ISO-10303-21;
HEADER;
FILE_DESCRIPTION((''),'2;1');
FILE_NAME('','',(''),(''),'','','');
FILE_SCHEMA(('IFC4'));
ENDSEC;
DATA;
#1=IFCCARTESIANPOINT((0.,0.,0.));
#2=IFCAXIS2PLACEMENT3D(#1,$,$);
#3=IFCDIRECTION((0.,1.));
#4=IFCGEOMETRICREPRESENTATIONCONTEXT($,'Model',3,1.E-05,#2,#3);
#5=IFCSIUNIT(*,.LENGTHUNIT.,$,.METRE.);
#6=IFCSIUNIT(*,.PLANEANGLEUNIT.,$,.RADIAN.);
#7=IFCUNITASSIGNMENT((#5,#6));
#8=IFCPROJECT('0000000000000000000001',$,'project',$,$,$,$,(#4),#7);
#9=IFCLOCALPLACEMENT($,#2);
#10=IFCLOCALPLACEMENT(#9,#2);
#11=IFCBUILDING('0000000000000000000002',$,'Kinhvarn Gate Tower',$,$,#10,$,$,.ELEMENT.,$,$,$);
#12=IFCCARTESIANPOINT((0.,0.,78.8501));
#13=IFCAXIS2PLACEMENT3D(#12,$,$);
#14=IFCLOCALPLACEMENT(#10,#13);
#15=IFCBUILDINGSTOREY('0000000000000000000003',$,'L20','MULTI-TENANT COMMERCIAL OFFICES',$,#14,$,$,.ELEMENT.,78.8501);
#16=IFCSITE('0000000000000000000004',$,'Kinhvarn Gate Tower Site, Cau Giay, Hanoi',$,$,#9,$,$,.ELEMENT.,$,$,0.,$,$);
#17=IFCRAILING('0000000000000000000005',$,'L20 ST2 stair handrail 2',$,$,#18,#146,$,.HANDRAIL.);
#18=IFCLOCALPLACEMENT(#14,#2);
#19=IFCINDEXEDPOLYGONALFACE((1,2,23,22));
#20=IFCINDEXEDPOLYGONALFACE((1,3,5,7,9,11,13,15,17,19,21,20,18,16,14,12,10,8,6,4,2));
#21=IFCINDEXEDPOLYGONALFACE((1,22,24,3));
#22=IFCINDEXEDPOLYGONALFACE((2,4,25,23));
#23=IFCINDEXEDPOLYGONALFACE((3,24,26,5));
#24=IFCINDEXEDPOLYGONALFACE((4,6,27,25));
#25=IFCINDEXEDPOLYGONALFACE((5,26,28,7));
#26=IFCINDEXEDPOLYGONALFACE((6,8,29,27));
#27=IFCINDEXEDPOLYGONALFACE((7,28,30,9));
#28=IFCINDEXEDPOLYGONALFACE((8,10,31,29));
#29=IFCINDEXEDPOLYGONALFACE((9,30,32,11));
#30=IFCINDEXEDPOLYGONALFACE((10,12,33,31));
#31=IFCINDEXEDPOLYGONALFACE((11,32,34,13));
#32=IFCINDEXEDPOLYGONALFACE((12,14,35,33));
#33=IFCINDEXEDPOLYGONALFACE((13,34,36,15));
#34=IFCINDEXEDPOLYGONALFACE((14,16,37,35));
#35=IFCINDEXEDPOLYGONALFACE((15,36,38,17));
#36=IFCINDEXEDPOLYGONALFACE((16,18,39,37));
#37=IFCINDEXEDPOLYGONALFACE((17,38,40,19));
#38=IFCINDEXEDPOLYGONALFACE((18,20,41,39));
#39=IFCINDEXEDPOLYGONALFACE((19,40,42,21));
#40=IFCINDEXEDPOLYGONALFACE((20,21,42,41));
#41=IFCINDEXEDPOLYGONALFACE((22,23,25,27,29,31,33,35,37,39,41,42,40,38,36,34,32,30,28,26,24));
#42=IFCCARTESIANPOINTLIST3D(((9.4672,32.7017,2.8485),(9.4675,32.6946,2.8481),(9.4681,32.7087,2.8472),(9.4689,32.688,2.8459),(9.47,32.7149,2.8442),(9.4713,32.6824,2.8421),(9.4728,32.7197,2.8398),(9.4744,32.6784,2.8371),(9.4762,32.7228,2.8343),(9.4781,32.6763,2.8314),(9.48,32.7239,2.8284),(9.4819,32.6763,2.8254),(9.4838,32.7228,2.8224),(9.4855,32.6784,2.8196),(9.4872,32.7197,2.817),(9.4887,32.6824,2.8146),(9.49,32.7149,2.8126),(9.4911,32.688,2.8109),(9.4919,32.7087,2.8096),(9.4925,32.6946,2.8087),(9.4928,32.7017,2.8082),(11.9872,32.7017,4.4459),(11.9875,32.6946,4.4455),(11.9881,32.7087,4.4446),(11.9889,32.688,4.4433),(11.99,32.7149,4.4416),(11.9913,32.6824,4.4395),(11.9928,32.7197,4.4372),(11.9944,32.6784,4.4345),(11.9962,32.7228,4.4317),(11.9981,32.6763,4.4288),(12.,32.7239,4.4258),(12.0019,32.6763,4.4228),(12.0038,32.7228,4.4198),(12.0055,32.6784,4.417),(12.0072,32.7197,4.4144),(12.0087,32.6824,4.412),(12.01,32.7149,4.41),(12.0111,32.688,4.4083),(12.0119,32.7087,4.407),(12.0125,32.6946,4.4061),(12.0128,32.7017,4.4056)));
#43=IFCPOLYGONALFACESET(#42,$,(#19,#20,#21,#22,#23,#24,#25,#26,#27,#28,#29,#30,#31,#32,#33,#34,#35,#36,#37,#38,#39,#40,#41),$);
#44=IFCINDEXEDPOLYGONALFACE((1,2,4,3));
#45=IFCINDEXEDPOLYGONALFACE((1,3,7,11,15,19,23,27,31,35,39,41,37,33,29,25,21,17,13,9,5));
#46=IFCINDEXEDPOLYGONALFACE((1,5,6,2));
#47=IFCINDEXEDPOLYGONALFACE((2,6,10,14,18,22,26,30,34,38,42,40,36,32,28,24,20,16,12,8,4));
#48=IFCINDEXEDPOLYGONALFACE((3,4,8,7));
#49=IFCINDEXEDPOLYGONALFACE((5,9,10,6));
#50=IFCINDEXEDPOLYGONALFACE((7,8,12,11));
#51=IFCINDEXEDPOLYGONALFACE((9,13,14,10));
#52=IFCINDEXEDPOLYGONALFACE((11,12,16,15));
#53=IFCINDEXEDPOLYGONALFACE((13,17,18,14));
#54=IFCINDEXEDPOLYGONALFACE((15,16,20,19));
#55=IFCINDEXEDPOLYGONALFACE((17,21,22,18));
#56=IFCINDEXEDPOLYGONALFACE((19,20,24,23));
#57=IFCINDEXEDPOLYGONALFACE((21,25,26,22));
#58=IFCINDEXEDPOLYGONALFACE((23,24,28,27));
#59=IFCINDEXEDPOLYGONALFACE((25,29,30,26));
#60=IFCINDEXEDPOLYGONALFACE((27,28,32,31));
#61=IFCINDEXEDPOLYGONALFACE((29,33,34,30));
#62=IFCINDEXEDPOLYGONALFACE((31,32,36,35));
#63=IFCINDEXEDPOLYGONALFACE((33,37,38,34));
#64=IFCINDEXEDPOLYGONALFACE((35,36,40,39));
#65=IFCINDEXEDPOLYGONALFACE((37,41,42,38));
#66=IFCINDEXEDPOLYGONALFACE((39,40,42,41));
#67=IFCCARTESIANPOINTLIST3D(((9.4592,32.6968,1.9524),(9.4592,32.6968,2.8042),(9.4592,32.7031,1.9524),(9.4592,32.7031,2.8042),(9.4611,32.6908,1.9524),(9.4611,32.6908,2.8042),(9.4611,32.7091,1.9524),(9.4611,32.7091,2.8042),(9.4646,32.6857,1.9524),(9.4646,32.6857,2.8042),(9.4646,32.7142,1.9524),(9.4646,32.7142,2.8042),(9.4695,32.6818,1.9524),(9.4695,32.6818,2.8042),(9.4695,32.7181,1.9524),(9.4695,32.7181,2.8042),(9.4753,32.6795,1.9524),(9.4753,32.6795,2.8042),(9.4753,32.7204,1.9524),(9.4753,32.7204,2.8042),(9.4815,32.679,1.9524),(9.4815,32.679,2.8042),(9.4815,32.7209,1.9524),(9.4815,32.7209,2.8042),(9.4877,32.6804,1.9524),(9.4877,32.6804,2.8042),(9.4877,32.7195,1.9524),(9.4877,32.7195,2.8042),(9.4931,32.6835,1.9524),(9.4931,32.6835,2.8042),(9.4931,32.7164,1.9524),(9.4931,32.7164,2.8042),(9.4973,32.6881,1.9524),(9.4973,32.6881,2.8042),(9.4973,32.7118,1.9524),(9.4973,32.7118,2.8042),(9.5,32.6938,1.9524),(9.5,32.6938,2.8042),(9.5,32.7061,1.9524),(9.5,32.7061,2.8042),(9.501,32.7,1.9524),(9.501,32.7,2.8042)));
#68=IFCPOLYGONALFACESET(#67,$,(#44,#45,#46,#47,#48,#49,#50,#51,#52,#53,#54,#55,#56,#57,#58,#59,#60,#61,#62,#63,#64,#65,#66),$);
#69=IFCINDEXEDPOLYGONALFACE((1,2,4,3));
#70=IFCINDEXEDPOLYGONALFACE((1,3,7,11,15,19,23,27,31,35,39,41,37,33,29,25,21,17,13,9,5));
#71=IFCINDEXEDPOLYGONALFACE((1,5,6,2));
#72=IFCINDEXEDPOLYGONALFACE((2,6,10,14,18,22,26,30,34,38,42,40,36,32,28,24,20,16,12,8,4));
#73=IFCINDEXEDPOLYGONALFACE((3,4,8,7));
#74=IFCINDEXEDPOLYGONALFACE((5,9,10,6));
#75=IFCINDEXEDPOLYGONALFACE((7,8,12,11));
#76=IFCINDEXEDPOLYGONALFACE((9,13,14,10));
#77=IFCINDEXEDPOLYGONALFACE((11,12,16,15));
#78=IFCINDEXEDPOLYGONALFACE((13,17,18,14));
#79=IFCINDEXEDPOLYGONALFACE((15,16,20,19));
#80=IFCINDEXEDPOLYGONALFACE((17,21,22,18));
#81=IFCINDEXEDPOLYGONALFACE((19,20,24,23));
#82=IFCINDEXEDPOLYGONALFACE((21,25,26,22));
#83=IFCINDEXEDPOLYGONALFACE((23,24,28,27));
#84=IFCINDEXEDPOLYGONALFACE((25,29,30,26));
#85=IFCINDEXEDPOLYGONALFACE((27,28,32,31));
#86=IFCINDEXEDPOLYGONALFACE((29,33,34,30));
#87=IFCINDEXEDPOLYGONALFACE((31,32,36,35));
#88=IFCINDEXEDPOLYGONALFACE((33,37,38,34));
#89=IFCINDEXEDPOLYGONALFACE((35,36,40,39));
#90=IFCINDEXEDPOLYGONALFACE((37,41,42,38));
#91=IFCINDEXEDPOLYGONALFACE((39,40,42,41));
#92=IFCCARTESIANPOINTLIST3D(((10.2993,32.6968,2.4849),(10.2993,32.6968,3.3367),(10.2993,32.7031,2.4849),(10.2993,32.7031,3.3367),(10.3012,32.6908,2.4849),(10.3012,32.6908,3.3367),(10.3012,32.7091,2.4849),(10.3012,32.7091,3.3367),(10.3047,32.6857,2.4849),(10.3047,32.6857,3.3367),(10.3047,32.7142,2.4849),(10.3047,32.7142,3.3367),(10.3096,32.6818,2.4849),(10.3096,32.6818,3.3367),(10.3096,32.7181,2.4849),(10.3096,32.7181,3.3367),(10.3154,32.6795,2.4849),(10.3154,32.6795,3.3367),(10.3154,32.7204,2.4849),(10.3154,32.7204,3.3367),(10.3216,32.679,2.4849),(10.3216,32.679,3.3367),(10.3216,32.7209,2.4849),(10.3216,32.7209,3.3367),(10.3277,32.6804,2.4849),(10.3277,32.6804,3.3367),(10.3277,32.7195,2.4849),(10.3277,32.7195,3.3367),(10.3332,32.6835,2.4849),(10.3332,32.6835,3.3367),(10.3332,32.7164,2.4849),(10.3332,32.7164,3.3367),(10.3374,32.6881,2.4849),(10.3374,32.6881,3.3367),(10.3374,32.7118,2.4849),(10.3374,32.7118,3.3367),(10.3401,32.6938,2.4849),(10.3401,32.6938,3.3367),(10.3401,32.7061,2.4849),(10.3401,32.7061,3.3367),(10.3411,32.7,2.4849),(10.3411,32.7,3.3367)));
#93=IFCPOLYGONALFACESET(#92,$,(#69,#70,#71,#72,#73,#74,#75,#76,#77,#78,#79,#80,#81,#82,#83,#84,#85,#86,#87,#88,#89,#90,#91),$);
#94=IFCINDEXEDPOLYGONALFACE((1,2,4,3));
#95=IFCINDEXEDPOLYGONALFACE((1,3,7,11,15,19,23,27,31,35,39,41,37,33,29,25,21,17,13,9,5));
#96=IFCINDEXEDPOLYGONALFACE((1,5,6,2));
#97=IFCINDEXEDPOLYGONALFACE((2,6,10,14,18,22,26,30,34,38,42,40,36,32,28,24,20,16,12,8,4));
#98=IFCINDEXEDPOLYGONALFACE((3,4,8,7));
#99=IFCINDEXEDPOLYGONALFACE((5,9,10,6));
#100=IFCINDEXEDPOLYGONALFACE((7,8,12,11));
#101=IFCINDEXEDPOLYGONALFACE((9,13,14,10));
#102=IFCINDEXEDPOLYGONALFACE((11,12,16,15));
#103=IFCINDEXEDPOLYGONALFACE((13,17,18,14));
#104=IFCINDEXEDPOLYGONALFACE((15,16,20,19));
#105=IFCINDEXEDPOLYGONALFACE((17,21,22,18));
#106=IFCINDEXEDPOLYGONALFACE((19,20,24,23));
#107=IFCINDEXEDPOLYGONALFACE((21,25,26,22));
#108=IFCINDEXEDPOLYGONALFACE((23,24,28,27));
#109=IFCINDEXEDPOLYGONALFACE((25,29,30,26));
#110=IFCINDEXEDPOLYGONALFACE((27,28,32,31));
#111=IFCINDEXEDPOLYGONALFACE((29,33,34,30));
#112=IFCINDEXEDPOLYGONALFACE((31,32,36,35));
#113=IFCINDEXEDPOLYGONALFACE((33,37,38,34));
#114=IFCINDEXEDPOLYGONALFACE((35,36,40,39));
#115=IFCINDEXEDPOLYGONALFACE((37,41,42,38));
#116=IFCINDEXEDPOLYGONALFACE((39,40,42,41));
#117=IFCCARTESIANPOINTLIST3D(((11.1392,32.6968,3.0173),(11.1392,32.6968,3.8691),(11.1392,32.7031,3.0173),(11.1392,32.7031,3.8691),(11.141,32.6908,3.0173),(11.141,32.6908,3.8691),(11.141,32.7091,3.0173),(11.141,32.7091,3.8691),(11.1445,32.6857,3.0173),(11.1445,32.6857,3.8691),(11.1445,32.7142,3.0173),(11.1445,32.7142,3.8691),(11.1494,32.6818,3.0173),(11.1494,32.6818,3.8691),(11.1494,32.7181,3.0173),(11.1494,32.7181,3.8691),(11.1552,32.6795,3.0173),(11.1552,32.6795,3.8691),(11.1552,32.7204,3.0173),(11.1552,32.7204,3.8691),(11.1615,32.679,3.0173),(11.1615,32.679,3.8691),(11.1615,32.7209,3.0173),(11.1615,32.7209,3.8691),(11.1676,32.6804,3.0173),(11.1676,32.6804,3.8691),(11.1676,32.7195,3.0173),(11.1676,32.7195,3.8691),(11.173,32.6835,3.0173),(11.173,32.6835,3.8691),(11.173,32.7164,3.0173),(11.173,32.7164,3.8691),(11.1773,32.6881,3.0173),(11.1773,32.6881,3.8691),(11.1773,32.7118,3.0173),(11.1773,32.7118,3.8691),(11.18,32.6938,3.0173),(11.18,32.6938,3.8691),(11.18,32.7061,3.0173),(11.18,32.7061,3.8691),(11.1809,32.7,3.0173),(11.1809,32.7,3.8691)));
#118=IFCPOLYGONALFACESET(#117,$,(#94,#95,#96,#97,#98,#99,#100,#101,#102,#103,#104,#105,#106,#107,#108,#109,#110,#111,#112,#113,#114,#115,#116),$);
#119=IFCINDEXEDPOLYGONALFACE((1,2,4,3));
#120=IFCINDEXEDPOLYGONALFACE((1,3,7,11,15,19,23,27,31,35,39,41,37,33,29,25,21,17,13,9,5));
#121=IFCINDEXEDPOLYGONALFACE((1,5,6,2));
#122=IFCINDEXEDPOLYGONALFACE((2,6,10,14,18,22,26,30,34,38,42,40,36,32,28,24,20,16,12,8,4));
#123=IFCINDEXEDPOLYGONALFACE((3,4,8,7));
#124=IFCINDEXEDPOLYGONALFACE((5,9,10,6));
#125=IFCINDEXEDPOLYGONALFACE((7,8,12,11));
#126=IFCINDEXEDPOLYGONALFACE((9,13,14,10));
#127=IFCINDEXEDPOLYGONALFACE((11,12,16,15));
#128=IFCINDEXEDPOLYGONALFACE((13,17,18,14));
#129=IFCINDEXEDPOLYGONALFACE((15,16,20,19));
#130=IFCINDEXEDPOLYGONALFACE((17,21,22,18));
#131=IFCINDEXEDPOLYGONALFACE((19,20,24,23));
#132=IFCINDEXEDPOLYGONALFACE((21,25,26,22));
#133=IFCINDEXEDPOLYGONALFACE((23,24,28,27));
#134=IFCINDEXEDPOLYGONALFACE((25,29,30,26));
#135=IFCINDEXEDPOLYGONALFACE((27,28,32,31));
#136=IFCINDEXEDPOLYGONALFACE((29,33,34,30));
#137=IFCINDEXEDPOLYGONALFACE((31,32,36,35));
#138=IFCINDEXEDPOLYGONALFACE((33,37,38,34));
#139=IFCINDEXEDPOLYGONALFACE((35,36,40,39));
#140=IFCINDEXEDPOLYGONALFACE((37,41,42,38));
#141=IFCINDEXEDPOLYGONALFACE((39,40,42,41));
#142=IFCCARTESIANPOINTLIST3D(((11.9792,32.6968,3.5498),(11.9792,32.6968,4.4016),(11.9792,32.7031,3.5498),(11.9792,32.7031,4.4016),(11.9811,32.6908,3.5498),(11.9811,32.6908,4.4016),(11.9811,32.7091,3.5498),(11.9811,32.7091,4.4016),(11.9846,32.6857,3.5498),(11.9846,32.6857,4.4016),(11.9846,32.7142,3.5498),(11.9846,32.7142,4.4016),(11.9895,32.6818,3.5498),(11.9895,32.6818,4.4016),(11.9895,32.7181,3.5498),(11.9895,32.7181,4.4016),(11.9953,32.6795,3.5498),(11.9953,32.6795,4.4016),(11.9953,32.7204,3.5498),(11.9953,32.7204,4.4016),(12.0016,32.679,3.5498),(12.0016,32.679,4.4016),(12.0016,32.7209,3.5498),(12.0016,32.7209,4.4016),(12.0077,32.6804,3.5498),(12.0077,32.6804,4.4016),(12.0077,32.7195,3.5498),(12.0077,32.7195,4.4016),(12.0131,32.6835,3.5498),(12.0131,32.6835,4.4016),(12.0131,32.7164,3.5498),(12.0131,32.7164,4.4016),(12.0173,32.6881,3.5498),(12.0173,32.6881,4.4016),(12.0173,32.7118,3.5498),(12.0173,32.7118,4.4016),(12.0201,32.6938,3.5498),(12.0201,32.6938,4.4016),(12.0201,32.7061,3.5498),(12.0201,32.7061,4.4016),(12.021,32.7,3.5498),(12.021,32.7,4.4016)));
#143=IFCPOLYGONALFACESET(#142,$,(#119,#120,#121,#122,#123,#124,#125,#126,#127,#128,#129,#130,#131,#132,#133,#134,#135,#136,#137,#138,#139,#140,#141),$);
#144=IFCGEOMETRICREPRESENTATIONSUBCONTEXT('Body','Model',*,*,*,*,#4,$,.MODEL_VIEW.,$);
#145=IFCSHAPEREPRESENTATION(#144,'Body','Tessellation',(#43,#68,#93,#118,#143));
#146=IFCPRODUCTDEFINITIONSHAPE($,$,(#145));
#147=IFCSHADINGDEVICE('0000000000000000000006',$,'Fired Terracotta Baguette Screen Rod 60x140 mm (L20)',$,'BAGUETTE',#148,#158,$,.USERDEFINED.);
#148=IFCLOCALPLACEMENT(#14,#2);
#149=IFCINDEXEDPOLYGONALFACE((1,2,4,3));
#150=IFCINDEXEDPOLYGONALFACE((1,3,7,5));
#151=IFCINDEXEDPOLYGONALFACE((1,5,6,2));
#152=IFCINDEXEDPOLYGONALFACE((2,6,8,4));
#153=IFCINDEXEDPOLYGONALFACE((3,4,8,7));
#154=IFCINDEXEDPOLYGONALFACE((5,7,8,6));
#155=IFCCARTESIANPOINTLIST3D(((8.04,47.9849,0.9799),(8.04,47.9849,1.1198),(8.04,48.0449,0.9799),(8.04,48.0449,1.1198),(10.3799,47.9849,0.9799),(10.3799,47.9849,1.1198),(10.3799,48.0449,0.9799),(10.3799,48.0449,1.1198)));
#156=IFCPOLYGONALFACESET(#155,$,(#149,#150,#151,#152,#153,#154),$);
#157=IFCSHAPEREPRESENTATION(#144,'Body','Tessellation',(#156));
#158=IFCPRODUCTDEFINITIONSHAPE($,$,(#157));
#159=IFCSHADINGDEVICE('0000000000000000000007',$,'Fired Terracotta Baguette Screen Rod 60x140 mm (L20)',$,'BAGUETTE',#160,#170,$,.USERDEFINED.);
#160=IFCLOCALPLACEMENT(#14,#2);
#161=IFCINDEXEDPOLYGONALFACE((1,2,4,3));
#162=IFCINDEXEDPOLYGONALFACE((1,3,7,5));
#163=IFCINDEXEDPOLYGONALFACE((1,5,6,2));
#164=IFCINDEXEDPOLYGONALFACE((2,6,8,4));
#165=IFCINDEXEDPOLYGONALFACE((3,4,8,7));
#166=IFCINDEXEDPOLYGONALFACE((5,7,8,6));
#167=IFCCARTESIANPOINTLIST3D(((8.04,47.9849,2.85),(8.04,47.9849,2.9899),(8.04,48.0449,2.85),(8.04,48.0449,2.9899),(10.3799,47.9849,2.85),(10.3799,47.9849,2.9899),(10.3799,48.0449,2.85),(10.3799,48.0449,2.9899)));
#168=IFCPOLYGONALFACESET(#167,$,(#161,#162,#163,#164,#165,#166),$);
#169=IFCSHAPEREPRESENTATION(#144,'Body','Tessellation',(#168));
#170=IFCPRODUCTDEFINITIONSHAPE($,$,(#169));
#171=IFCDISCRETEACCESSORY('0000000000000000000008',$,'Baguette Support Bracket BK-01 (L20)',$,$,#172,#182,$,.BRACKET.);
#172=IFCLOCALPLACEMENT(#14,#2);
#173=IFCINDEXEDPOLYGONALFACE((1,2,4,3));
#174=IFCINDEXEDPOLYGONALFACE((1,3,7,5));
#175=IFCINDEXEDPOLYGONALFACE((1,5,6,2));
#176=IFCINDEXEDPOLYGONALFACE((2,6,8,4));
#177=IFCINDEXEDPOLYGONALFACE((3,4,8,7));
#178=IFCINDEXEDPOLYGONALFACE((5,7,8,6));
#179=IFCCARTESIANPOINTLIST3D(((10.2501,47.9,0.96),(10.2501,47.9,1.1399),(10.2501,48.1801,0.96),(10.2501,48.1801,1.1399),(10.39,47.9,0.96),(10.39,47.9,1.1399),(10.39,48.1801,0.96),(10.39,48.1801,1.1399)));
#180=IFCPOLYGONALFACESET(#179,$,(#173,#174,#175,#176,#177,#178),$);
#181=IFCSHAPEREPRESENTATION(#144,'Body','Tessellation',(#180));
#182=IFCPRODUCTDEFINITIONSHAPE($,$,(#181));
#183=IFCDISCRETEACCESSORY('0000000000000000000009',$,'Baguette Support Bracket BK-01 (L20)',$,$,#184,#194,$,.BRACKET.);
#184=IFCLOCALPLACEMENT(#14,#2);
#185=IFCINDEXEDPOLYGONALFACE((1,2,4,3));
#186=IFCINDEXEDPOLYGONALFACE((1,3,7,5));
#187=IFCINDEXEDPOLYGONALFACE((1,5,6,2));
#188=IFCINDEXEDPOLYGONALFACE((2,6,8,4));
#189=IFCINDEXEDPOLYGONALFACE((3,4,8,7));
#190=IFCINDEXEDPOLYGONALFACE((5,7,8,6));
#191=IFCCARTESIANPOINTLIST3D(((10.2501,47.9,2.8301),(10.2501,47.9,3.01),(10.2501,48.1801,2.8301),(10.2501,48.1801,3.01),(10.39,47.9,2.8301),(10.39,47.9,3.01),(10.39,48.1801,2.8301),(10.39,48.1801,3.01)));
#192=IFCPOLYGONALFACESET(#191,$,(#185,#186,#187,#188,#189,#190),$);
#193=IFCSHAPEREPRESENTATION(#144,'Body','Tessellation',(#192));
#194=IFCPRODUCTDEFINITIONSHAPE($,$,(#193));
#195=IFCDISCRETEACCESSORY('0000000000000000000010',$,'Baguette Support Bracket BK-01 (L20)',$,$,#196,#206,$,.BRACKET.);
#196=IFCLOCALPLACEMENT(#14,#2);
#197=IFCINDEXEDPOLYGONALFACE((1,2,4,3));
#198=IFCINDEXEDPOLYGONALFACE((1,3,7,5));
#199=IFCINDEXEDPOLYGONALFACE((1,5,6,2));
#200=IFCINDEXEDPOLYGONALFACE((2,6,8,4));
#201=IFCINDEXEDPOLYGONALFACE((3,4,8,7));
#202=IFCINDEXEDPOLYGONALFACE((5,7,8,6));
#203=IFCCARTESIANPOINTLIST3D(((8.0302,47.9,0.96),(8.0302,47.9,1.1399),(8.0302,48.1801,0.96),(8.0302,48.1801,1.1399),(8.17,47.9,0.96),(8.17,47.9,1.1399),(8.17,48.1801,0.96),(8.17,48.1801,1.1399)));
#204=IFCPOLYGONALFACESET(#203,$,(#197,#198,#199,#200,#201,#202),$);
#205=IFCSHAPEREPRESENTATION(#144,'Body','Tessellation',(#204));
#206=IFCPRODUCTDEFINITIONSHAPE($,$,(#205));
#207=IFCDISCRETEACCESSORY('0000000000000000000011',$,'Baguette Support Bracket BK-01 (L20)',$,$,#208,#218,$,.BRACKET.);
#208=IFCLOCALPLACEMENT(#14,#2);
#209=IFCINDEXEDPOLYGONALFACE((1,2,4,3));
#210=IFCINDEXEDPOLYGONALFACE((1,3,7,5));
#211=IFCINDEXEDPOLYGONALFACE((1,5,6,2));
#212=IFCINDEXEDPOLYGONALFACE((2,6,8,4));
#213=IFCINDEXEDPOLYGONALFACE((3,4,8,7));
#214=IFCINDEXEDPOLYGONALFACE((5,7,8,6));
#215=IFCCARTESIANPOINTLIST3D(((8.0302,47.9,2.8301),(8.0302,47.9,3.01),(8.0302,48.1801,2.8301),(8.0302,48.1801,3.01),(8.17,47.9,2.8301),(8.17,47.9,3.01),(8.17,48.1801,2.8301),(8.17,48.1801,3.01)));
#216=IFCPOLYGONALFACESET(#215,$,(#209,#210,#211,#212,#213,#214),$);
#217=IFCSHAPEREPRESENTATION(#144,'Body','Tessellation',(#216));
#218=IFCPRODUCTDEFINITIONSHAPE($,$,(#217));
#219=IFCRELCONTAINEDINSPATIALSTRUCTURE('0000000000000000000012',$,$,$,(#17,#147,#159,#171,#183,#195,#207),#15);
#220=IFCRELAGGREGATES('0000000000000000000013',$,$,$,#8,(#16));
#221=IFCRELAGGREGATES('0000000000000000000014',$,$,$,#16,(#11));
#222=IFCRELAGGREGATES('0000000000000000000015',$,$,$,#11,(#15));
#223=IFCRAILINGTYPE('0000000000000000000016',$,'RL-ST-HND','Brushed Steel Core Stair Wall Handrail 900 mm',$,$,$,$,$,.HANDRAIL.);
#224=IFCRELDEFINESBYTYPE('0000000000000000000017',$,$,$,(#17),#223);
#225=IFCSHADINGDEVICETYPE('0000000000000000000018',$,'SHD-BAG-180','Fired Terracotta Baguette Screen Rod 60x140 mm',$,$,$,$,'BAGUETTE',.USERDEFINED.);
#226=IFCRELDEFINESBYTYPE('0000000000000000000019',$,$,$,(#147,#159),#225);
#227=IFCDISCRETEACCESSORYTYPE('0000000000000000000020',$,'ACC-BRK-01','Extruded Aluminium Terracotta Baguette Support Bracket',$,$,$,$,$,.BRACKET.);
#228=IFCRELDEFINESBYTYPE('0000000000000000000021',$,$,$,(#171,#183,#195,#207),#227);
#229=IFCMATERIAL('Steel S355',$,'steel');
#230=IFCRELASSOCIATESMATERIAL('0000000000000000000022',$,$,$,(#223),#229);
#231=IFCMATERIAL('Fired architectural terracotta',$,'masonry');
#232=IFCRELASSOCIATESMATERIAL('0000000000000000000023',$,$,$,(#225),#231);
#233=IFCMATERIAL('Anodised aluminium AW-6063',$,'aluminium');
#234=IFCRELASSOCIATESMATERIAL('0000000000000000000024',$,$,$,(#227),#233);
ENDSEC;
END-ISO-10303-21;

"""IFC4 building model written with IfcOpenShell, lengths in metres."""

from ifc_helpers import new_model, si_unit, direction, frame, origin, origin_2d, place, context, subcontext, project, spatial, rectangle, circle, extrude, material, material_profile, profile_set, type_object, element, save


model = new_model("IFC4")

# Units and contexts
model_context = context("Model", 3, precision=1e-05, world=origin(), true_north=direction((0.0, 1.0)))
body_context = subcontext(model_context, "Body", "Model", "MODEL_VIEW")
ifc_project = project(units=[si_unit("LENGTHUNIT", "METRE"), si_unit("PLANEANGLEUNIT", "RADIAN")], contexts=[model_context])

# Site, building, storey
site_placement = place(None, origin())
site = spatial("IfcSite", under=ifc_project, at=site_placement, Name="Kinhvarn Gate Tower Site, Cau Giay, Hanoi", CompositionType="ELEMENT", RefElevation=0.0)
building_placement = place(site_placement, origin())
building = spatial("IfcBuilding", under=site, at=building_placement, Name="Kinhvarn Gate Tower", CompositionType="ELEMENT")
storey_placement = place(building_placement, frame((0.0, 0.0, 78.8501)))
storey = spatial("IfcBuildingStorey", under=building, at=storey_placement, Name="L20", Description="MULTI-TENANT COMMERCIAL OFFICES", CompositionType="ELEMENT", Elevation=78.8501)

# Shared definitions
ifc_material_1 = material(Name="Anodised aluminium AW-6063", Category="aluminium")

# Shared definitions
ifc_material_2 = material(Name="Steel S355", Category="steel")

# Shared definitions
ifc_material_3 = material(Name="Fired architectural terracotta", Category="masonry")

# Railing
railing_type_1 = type_object("IfcRailingType", Name="RL-ST-HND", Description="Brushed Steel Core Stair Wall Handrail 900 mm", PredefinedType="HANDRAIL", material=ifc_material_2)
railing_1_placement = place(storey_placement, frame((9.48, 32.7, 1.9524)))
element("IfcRailing", 1, at=railing_1_placement, inside=storey, type_object=railing_type_1, Name="L20 ST2 stair handrail 2", PredefinedType="HANDRAIL", context=body_context, shape_type="SweptSolid", body=[
    extrude(circle(Radius=0.0239, at=origin_2d()), frame((0.0, 0.0, 0.876), z_axis=(0.844607, 0.0, 0.535387), x_axis=(0.0, 1.0, 0.0)), (0.0, 0.0, 1.0), 2.9836),
    extrude(circle(Radius=0.021, at=origin_2d()), origin(), (0.0, 0.0, 1.0), 0.8518),
    extrude(circle(Radius=0.021, at=origin_2d()), frame((0.8401, 0.0, 0.5325)), (0.0, 0.0, 1.0), 0.8518),
    extrude(circle(Radius=0.021, at=origin_2d()), frame((1.6799, 0.0, 1.0649)), (0.0, 0.0, 1.0), 0.8518),
    extrude(circle(Radius=0.021, at=origin_2d()), frame((2.52, 0.0, 1.5974)), (0.0, 0.0, 1.0), 0.8518),
])

# Shading devices
ifc_material_profile_1 = material_profile(ifc_material_3, rectangle(XDim=0.0601, YDim=0.1399, at=origin_2d()), Name="TC 60x140")
ifc_profile_set_1 = profile_set([ifc_material_profile_1], Name="Fired architectural terracotta")
shading_device_type = type_object("IfcShadingDeviceType", Name="SHD-BAG-180", Description="Fired Terracotta Baguette Screen Rod 60x140 mm", ElementType="BAGUETTE", PredefinedType="USERDEFINED", material=ifc_profile_set_1)
for number, where, z_axis, x_axis, name in (
    (2, (10.3799, 48.0149, 1.0498), (-1.0, 0.0, 0.0), (0.0, -1.0, 0.0), "Fired Terracotta Baguette Screen Rod 60x140 mm (L20)"),
    (3, (10.3799, 48.0149, 2.9199), (-1.0, 0.0, 0.0), (0.0, -1.0, 0.0), "Fired Terracotta Baguette Screen Rod 60x140 mm (L20)"),
):
    element("IfcShadingDevice", number, at=place(storey_placement, frame(where, z_axis=z_axis, x_axis=x_axis)), inside=storey, type_object=shading_device_type, Name=name, ObjectType="BAGUETTE", PredefinedType="USERDEFINED", context=body_context, shape_type="SweptSolid", body=[
        extrude(rectangle(XDim=0.0601, YDim=0.1399, at=origin_2d()), origin(), (0.0, 0.0, 1.0), 2.3398),
    ])

# Discrete accessories
discrete_accessory_type = type_object("IfcDiscreteAccessoryType", Name="ACC-BRK-01", Description="Extruded Aluminium Terracotta Baguette Support Bracket", PredefinedType="BRACKET", material=ifc_material_1)
for number, where, z_axis, x_axis, name in (
    (4, (10.3201, 48.04, 0.96), (0.0, 0.0, 1.0), (-1.0, 0.0, 0.0), "Baguette Support Bracket BK-01 (L20)"),
    (5, (10.3201, 48.04, 2.8301), (0.0, 0.0, 1.0), (-1.0, 0.0, 0.0), "Baguette Support Bracket BK-01 (L20)"),
    (6, (8.1001, 48.04, 0.96), (0.0, 0.0, 1.0), (-1.0, 0.0, 0.0), "Baguette Support Bracket BK-01 (L20)"),
    (7, (8.1001, 48.04, 2.8301), (0.0, 0.0, 1.0), (-1.0, 0.0, 0.0), "Baguette Support Bracket BK-01 (L20)"),
):
    element("IfcDiscreteAccessory", number, at=place(storey_placement, frame(where, z_axis=z_axis, x_axis=x_axis)), inside=storey, type_object=discrete_accessory_type, Name=name, PredefinedType="BRACKET", context=body_context, shape_type="SweptSolid", body=[
        extrude(rectangle(XDim=0.1399, YDim=0.28, at=origin_2d()), origin(), (0.0, 0.0, 1.0), 0.1799),
    ])

save(model, "model.ifc")
